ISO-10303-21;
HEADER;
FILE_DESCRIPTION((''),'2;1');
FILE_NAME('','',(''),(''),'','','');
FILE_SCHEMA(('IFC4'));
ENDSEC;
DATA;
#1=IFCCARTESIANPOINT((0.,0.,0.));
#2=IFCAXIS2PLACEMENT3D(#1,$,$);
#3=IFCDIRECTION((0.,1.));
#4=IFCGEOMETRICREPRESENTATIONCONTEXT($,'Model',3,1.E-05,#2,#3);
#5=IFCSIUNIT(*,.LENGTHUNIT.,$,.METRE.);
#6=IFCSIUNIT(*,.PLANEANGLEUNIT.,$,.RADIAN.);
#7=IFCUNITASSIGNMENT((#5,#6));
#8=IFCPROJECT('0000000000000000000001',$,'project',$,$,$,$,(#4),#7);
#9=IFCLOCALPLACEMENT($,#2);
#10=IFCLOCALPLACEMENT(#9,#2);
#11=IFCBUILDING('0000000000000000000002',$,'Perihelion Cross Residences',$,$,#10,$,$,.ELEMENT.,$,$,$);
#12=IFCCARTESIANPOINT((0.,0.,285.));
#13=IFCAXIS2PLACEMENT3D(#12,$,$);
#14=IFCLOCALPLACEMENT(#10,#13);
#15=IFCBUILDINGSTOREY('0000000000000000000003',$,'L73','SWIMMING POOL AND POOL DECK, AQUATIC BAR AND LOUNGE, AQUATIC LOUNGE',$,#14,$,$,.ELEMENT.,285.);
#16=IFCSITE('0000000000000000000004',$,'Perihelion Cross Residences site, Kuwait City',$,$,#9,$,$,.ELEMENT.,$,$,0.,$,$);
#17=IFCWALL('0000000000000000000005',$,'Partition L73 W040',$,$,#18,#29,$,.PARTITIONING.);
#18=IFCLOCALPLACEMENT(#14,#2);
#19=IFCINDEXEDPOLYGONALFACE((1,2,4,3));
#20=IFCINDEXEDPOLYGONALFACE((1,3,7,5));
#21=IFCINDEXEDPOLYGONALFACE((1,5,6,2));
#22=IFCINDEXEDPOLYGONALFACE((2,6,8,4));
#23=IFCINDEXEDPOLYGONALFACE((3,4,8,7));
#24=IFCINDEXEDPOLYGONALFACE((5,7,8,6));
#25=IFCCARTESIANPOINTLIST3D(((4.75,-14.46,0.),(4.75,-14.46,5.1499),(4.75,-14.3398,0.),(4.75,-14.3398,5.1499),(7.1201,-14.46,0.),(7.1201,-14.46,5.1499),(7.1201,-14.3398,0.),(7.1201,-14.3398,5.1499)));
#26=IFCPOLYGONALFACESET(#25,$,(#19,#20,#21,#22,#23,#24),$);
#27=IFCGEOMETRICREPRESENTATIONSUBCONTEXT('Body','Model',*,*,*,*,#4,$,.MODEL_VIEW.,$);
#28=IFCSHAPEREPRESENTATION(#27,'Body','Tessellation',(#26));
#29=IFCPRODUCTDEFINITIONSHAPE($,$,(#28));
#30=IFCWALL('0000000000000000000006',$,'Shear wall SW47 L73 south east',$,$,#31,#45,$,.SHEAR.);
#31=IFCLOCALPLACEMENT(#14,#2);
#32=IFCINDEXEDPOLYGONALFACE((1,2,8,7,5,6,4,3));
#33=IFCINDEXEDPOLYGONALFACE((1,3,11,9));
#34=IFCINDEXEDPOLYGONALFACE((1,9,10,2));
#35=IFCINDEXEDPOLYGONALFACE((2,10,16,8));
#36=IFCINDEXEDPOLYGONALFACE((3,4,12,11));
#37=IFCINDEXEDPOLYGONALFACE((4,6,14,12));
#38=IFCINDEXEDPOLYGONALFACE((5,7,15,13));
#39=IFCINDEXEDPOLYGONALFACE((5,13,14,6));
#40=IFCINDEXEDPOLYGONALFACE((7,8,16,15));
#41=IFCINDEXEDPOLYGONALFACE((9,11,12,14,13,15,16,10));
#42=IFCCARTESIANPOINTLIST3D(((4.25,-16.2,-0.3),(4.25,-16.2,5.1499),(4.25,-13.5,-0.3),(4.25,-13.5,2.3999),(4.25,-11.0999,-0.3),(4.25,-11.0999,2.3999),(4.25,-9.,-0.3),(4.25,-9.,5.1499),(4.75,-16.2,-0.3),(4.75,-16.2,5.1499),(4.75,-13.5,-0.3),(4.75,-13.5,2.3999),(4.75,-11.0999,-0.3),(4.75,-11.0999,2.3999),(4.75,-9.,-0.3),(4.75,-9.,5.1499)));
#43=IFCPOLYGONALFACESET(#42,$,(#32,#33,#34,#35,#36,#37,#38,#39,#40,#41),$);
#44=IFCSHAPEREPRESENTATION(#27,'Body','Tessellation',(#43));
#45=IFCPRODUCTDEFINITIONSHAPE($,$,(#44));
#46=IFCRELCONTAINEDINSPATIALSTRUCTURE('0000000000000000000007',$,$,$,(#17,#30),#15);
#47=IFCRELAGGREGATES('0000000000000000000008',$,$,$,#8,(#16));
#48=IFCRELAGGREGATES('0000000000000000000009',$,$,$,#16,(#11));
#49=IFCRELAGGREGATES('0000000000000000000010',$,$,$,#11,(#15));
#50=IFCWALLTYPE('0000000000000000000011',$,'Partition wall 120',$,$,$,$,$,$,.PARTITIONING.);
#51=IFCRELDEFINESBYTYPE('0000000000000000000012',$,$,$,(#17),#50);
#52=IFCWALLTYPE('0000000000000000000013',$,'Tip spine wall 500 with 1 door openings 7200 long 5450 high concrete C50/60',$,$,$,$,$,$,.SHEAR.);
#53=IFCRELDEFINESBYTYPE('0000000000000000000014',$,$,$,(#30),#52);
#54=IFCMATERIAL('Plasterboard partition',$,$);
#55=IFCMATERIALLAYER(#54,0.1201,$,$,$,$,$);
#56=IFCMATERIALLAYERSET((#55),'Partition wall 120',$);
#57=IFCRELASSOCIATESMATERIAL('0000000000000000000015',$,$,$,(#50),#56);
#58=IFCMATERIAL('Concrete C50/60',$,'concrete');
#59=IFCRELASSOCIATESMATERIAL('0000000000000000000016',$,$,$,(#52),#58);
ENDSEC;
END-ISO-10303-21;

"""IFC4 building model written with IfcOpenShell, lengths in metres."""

from ifc_helpers import new_model, si_unit, direction, frame, frame_2d, origin, place, context, subcontext, project, spatial, polyline, rectangle, outline, extrude, material, layer, layer_set, material_profile, profile_set, type_object, element, save


model = new_model("IFC4")

# Units and contexts
model_context = context("Model", 3, precision=1e-05, world=origin(), true_north=direction((0.0, 1.0)))
body_context = subcontext(model_context, "Body", "Model", "MODEL_VIEW")
ifc_project = project(units=[si_unit("LENGTHUNIT", "METRE"), si_unit("PLANEANGLEUNIT", "RADIAN")], contexts=[model_context])

# Site, building, storey
site_placement = place(None, origin())
site = spatial("IfcSite", under=ifc_project, at=site_placement, Name="Perihelion Cross Residences site, Kuwait City", CompositionType="ELEMENT", RefElevation=0.0)
building_placement = place(site_placement, origin())
building = spatial("IfcBuilding", under=site, at=building_placement, Name="Perihelion Cross Residences", CompositionType="ELEMENT")
storey_placement = place(building_placement, frame((0.0, 0.0, 285.0)))
storey = spatial("IfcBuildingStorey", under=building, at=storey_placement, Name="L73", Description="SWIMMING POOL AND POOL DECK, AQUATIC BAR AND LOUNGE, AQUATIC LOUNGE", CompositionType="ELEMENT", Elevation=285.0)

# Shared definitions
ifc_material_1 = material(Name="Plasterboard partition")
ifc_layer_1 = layer(ifc_material_1, 0.1201)
ifc_layer_set_1 = layer_set([ifc_layer_1], Name="Partition wall 120")
wall_type_1 = type_object("IfcWallType", Name="Partition wall 120", PredefinedType="PARTITIONING", material=ifc_layer_set_1)

# Walls
wall_1_placement = place(storey_placement, frame((7.1201, -14.3999, 0.0), z_axis=(0.0, 0.0, 1.0), x_axis=(-1.0, 0.0, 0.0)))
element("IfcWall", 1, at=wall_1_placement, inside=storey, type_object=wall_type_1, Name="Partition L73 W040", PredefinedType="PARTITIONING", context=body_context, shape_type="SweptSolid", body=[
    extrude(rectangle(XDim=2.3701, YDim=0.1201, at=frame_2d((1.1851, 0.0))), origin(), (0.0, 0.0, 1.0), 5.1499),
])
ifc_material_2 = material(Name="Concrete C50/60", Category="concrete")
ifc_material_profile_1 = material_profile(ifc_material_2, outline(polyline([(0.0, 0.0), (2.7, 0.0), (2.7, 2.7), (5.1001, 2.7), (5.1001, 0.0), (7.2, 0.0), (7.2, 5.45), (0.0, 5.45), (0.0, 0.0)])), Name="Tip spine wall")
ifc_profile_set_1 = profile_set([ifc_material_profile_1], Name="Concrete C50/60")
wall_type_2 = type_object("IfcWallType", Name="Tip spine wall 500 with 1 door openings 7200 long 5450 high concrete C50/60", PredefinedType="SHEAR", material=ifc_profile_set_1)
wall_2_placement = place(storey_placement, frame((4.25, -16.2, -0.3), z_axis=(1.0, 0.0, 0.0), x_axis=(0.0, 1.0, 0.0)))
element("IfcWall", 2, at=wall_2_placement, inside=storey, type_object=wall_type_2, Name="Shear wall SW47 L73 south east", PredefinedType="SHEAR", context=body_context, shape_type="SweptSolid", body=[
    extrude(outline(polyline([(0.0, 0.0), (2.7, 0.0), (2.7, 2.7), (5.1001, 2.7), (5.1001, 0.0), (7.2, 0.0), (7.2, 5.45), (0.0, 5.45), (0.0, 0.0)])), origin(), (0.0, 0.0, 1.0), 0.5),
])

save(model, "model.ifc")
